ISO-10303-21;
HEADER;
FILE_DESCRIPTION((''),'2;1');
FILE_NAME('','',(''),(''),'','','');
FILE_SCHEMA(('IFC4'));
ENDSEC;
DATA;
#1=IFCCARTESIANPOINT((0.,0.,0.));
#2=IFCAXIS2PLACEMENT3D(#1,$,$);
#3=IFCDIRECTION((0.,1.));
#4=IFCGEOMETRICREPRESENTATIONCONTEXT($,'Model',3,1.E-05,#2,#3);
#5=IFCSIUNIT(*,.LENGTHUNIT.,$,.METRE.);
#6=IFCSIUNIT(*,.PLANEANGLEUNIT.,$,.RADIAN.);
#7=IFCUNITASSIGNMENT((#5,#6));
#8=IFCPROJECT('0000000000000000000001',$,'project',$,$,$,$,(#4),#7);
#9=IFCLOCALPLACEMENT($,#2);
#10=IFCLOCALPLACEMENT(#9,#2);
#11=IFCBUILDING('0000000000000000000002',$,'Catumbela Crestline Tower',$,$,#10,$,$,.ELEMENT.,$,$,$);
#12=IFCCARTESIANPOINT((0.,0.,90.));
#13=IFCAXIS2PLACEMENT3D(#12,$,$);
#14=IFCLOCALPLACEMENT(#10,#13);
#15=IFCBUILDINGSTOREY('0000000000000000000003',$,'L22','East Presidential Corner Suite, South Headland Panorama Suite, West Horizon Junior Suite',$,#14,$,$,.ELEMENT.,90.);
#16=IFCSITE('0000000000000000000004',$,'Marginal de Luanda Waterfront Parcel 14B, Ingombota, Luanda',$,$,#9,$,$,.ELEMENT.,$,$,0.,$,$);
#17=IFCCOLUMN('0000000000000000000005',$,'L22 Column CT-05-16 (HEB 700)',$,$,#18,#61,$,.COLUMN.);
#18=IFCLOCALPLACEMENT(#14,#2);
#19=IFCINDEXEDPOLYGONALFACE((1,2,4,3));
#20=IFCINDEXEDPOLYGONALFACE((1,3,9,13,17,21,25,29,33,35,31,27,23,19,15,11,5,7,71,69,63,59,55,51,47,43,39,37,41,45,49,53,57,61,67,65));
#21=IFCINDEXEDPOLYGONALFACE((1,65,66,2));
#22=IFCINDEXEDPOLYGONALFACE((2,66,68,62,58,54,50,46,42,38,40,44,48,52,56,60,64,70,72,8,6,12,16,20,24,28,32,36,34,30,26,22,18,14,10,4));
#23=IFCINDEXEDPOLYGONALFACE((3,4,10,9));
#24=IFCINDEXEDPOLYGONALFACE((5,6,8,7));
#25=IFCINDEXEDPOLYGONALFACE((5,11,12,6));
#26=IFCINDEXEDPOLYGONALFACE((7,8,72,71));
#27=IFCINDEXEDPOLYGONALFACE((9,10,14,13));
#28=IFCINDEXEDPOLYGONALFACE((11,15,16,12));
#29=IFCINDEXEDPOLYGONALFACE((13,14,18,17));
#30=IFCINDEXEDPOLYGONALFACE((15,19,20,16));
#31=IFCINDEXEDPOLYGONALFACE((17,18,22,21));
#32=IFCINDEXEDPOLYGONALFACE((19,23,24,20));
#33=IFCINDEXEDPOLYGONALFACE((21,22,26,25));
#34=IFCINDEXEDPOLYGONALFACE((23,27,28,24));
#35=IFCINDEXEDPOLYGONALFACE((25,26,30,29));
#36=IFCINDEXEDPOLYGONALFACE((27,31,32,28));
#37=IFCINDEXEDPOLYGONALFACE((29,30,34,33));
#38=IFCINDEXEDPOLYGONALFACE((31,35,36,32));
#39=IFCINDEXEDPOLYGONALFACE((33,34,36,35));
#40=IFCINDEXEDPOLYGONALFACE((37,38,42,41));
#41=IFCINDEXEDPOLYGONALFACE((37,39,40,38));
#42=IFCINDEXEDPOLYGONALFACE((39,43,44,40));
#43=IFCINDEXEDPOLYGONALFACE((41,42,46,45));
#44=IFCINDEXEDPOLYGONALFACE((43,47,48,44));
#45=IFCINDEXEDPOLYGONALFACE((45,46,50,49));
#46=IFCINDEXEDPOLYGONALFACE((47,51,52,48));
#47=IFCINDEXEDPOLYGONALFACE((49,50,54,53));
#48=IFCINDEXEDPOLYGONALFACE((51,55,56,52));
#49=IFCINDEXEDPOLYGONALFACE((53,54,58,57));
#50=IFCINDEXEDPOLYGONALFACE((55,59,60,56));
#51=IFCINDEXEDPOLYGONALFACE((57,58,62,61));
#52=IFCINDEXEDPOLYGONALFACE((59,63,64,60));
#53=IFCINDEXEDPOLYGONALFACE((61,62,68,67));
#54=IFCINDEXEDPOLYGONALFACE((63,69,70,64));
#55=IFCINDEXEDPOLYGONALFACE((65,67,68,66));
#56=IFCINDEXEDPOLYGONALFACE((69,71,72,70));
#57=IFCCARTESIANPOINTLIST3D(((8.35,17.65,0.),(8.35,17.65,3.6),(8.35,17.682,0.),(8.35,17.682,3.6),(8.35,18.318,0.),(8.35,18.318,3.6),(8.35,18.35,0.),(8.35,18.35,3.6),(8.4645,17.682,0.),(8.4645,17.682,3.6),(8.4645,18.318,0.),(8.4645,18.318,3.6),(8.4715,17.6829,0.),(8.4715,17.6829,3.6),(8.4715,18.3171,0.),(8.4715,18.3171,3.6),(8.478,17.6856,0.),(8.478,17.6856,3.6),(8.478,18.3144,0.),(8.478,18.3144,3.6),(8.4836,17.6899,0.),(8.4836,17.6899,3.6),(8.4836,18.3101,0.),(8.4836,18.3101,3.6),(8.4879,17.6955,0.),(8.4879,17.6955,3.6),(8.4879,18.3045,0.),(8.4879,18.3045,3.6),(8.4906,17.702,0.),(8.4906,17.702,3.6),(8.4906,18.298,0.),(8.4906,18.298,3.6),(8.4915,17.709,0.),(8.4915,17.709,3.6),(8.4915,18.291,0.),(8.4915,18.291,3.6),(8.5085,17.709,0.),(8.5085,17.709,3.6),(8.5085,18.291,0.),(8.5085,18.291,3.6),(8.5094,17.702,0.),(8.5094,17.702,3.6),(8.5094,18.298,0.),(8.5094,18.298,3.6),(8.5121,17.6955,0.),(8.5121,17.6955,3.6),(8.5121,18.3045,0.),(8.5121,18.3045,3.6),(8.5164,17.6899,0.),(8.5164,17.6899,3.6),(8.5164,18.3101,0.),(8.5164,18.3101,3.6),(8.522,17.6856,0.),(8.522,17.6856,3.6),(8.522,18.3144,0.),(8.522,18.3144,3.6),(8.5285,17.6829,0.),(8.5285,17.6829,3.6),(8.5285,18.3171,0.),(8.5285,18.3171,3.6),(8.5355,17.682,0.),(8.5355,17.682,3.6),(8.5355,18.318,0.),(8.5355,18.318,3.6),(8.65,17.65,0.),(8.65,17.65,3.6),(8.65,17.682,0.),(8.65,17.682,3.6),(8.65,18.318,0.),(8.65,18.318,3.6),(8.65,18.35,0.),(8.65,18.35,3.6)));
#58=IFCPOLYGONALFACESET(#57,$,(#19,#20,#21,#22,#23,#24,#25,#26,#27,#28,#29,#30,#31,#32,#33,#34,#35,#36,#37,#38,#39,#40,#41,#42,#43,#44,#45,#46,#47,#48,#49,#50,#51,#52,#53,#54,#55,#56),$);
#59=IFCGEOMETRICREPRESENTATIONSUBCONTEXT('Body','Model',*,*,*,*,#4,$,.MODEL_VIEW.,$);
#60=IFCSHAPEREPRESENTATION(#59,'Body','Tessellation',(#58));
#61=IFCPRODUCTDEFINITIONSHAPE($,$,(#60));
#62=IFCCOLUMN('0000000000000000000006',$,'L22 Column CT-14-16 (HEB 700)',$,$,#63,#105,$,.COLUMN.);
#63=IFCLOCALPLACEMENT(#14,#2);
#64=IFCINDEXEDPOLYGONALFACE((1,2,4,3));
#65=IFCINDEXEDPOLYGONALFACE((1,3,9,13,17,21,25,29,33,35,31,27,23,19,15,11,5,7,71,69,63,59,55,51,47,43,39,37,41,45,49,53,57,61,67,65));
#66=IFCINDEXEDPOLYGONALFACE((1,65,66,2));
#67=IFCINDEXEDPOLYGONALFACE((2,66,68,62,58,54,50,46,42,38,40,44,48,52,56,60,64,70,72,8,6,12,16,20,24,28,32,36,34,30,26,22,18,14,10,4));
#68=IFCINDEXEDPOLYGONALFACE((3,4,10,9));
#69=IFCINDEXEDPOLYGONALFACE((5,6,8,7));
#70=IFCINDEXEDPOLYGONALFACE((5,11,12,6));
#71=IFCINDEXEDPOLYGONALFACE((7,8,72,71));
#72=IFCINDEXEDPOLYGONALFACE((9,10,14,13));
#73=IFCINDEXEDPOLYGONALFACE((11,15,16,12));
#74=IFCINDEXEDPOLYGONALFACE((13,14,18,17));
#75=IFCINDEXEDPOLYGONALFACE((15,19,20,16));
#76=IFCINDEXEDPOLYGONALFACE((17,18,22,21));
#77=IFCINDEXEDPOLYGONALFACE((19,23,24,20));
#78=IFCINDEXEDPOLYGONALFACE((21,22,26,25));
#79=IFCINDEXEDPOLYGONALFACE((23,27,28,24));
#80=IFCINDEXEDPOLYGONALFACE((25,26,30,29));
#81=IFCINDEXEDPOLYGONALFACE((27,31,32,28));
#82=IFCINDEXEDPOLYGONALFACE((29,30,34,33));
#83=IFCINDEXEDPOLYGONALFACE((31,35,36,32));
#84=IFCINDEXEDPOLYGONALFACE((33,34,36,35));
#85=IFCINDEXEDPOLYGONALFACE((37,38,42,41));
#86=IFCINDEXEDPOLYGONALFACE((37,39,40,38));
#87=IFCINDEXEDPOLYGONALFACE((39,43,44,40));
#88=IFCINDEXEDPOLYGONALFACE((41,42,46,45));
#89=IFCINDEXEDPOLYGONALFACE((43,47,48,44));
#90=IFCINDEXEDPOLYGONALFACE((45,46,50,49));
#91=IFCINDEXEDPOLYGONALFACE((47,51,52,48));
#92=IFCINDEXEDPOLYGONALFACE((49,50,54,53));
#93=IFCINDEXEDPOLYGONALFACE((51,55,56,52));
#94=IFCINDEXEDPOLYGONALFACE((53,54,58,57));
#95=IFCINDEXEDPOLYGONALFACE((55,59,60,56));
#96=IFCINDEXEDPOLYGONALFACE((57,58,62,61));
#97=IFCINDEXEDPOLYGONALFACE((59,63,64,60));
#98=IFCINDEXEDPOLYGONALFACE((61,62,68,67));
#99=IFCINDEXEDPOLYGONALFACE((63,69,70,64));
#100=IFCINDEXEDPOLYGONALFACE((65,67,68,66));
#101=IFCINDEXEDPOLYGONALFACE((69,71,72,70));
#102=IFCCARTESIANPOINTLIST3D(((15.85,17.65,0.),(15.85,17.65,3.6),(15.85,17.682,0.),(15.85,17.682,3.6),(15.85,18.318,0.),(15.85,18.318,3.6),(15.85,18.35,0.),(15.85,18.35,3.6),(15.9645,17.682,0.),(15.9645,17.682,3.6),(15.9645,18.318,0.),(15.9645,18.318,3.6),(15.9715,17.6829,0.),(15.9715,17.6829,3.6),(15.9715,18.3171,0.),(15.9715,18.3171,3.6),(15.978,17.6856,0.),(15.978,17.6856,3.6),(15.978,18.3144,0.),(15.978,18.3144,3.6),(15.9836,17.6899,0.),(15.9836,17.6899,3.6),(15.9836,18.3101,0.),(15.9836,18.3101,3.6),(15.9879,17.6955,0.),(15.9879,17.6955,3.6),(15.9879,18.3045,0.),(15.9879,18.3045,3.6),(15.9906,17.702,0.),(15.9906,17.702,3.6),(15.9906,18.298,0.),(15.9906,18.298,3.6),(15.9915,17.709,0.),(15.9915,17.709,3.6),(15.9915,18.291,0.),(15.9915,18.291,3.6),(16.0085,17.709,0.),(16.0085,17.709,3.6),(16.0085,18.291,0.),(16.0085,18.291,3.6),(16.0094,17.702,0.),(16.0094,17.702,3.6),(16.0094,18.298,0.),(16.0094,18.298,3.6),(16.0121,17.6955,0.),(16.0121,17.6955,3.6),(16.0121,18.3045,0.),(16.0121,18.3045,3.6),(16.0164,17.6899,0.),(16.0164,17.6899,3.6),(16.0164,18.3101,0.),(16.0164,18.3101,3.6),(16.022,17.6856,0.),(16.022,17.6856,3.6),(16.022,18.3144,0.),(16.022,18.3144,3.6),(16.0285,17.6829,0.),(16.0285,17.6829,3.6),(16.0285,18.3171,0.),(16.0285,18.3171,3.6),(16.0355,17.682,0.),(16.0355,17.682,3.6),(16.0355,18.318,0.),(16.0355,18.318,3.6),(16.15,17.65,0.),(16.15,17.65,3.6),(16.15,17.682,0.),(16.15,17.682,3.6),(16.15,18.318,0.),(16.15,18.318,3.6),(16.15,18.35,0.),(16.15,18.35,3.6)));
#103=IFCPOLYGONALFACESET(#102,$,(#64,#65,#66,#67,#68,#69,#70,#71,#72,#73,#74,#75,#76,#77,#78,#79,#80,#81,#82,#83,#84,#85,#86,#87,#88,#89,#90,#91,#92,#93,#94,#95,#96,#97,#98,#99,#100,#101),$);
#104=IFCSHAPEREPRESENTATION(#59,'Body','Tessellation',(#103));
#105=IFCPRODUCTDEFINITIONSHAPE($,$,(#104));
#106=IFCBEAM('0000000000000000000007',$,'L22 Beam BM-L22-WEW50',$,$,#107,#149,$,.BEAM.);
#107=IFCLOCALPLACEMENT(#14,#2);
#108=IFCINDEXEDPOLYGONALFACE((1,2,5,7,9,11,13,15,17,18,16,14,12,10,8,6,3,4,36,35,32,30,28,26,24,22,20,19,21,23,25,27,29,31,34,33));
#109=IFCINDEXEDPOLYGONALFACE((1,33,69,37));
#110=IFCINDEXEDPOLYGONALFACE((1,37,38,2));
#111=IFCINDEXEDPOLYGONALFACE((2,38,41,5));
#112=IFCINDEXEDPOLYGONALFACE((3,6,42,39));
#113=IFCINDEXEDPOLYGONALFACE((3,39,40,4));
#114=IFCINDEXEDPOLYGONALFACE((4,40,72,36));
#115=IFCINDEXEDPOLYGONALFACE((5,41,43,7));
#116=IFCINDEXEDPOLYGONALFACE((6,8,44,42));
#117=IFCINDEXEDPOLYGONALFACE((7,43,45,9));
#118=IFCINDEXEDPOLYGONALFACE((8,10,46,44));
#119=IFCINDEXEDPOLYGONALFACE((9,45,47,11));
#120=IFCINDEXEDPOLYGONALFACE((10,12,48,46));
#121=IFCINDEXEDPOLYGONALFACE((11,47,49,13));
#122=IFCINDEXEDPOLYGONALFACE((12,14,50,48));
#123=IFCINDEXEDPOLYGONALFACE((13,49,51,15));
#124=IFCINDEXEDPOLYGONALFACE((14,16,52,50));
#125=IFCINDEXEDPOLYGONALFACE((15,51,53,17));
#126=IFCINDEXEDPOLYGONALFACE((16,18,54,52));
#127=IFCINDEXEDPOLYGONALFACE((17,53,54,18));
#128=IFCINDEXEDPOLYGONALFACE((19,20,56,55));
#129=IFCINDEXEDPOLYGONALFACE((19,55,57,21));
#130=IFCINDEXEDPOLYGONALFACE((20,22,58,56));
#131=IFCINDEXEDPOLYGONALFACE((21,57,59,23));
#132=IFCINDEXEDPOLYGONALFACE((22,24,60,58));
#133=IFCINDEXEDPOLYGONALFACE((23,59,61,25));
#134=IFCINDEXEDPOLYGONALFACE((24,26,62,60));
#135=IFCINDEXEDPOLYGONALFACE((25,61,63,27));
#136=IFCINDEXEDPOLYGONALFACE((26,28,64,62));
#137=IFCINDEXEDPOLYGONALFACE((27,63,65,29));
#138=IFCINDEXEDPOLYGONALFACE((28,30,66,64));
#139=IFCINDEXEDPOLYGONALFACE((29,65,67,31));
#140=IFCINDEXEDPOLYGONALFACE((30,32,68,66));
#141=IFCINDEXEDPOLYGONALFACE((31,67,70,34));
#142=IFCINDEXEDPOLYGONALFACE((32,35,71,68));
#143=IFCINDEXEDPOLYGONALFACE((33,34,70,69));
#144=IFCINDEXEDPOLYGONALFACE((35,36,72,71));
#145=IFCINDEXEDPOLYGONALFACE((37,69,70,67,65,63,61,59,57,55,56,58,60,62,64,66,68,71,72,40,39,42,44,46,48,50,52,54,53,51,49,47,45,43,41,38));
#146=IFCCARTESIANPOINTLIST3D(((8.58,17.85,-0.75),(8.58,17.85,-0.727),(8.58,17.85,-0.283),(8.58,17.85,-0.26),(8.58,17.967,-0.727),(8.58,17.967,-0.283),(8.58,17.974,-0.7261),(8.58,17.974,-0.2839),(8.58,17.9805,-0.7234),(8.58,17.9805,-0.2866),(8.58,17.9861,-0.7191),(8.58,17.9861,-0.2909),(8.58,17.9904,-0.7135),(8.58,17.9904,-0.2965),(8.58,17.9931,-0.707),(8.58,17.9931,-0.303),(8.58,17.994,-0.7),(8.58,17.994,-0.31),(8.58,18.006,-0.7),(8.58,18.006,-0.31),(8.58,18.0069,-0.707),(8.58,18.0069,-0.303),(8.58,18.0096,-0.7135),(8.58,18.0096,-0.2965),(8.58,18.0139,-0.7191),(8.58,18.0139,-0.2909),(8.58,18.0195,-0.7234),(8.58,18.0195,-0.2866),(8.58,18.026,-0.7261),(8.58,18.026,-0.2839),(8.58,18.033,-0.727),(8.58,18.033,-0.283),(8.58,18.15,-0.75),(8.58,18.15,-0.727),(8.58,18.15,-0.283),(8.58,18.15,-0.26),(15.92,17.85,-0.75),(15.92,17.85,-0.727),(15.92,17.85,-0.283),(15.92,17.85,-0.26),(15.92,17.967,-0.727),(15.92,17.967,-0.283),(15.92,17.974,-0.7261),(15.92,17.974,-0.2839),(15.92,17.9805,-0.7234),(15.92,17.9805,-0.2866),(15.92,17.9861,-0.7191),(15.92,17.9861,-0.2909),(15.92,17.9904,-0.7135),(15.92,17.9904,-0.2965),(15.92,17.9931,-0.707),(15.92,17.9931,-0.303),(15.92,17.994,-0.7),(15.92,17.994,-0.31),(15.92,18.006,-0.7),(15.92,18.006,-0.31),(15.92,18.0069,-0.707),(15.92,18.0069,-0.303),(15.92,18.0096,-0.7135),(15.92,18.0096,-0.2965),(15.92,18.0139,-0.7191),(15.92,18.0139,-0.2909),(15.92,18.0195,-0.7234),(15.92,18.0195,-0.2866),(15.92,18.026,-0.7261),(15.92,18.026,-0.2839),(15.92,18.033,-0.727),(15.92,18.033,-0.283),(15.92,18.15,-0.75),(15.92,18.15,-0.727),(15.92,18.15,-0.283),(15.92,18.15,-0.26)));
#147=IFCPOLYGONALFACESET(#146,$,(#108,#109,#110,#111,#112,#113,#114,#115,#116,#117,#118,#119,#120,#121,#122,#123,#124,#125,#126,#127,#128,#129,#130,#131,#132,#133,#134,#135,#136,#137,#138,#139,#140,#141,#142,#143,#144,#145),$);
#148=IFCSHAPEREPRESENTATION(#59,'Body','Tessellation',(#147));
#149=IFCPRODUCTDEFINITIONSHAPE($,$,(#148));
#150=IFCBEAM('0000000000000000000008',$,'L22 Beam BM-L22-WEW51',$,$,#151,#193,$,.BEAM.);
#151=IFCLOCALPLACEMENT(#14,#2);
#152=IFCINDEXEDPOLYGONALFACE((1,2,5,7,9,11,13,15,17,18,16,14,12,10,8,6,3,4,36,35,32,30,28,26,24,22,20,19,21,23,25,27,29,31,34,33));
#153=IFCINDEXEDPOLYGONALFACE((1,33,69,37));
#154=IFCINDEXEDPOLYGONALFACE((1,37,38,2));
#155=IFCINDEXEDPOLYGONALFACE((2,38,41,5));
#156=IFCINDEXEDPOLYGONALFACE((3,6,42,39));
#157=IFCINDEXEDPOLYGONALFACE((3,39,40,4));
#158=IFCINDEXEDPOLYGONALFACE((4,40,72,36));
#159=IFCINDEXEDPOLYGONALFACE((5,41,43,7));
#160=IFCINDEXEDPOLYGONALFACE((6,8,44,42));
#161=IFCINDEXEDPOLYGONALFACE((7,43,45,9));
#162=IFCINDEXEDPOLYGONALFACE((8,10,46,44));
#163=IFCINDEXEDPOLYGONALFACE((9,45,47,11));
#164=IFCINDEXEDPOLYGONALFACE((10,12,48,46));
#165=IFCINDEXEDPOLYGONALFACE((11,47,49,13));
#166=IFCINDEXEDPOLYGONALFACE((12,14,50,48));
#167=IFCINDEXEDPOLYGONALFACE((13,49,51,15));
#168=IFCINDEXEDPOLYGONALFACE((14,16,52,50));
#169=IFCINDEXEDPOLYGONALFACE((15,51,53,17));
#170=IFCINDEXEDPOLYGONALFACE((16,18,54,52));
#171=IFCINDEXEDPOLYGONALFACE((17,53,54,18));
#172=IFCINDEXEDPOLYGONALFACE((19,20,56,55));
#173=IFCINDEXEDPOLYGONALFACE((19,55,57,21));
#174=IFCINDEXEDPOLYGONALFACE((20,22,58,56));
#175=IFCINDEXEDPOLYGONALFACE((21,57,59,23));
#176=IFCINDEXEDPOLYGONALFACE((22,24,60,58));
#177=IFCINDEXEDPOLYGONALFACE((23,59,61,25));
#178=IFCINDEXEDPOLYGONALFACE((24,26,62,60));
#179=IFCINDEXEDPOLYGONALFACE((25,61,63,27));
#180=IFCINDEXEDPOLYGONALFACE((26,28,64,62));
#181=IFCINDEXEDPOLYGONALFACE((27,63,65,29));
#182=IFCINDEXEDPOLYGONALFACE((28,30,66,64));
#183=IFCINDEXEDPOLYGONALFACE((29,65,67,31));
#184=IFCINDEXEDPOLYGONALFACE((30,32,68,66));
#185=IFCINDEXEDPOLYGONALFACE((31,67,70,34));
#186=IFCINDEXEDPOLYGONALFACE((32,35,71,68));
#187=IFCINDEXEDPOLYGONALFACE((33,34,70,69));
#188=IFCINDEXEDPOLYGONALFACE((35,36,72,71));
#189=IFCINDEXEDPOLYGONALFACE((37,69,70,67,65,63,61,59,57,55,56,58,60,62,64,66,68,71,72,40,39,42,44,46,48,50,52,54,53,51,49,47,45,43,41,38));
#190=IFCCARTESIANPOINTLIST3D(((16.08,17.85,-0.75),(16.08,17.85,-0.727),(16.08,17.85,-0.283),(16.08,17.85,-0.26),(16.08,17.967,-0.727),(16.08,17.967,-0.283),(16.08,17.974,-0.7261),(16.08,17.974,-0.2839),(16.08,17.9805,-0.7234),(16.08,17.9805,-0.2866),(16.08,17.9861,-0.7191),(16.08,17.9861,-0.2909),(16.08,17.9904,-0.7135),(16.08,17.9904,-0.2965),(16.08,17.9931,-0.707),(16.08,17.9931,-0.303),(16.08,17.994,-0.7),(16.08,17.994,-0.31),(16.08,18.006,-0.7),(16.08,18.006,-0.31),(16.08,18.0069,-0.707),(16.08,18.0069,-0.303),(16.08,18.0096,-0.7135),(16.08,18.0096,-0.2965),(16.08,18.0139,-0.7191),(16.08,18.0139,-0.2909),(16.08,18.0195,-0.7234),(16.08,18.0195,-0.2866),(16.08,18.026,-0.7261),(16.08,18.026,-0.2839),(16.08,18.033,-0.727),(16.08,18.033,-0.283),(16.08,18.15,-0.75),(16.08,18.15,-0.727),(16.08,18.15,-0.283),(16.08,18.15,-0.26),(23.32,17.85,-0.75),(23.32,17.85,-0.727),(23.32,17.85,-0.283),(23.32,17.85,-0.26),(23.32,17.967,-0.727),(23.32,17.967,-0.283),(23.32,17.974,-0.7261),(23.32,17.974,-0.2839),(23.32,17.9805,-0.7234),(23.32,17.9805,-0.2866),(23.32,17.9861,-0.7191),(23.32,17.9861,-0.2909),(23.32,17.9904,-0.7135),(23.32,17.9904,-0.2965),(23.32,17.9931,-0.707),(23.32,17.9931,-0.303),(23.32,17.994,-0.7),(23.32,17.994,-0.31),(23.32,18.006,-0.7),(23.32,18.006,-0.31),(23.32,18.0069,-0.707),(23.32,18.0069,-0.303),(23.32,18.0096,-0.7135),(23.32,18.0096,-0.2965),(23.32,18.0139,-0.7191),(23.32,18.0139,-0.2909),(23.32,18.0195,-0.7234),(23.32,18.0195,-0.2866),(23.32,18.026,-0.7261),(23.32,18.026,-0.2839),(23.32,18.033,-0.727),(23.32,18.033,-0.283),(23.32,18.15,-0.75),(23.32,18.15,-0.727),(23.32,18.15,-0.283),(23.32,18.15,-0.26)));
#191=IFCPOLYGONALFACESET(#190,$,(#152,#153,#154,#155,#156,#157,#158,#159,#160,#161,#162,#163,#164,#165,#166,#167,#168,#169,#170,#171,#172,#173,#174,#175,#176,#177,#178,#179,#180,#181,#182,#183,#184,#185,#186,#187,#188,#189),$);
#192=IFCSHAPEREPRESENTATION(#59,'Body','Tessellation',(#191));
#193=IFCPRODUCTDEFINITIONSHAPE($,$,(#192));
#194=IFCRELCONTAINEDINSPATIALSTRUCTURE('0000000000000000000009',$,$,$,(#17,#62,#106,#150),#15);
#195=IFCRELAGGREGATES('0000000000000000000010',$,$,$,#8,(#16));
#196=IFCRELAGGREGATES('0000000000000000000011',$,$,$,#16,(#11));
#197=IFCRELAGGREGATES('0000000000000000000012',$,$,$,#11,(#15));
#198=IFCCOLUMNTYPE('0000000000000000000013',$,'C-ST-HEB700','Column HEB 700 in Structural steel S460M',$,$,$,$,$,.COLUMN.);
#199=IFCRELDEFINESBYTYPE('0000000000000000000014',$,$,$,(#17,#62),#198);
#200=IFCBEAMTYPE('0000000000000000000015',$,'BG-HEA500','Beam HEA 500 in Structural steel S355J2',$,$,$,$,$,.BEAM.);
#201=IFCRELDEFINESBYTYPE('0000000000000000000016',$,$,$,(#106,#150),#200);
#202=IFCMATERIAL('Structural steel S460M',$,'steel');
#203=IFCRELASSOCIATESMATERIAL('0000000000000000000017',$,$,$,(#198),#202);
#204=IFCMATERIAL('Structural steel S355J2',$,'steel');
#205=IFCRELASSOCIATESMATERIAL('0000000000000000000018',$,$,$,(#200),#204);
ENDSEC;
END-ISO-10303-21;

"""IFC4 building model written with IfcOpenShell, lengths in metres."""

from ifc_helpers import new_model, si_unit, direction, frame, origin, origin_2d, place, context, subcontext, project, spatial, i_section, extrude, material, material_profile, profile_set, type_object, element, save


model = new_model("IFC4")

# Units and contexts
model_context = context("Model", 3, precision=1e-05, world=origin(), true_north=direction((0.0, 1.0)))
body_context = subcontext(model_context, "Body", "Model", "MODEL_VIEW")
ifc_project = project(units=[si_unit("LENGTHUNIT", "METRE"), si_unit("PLANEANGLEUNIT", "RADIAN")], contexts=[model_context])

# Site, building, storey
site_placement = place(None, origin())
site = spatial("IfcSite", under=ifc_project, at=site_placement, Name="Marginal de Luanda Waterfront Parcel 14B, Ingombota, Luanda", CompositionType="ELEMENT", RefElevation=0.0)
building_placement = place(site_placement, origin())
building = spatial("IfcBuilding", under=site, at=building_placement, Name="Catumbela Crestline Tower", CompositionType="ELEMENT")
storey_placement = place(building_placement, frame((0.0, 0.0, 90.0)))
storey = spatial("IfcBuildingStorey", under=building, at=storey_placement, Name="L22", Description="East Presidential Corner Suite, South Headland Panorama Suite, West Horizon Junior Suite", CompositionType="ELEMENT", Elevation=90.0)

# Columns
ifc_material_1 = material(Name="Structural steel S460M", Category="steel")
ifc_material_profile_1 = material_profile(ifc_material_1, i_section(OverallWidth=0.3, OverallDepth=0.7, WebThickness=0.017, FlangeThickness=0.032, FilletRadius=0.027, at=origin_2d()), Name="HEB 700")
ifc_profile_set_1 = profile_set([ifc_material_profile_1], Name="Structural steel S460M")
column_type = type_object("IfcColumnType", Name="C-ST-HEB700", Description="Column HEB 700 in Structural steel S460M", PredefinedType="COLUMN", material=ifc_profile_set_1)
for number, where, z_axis, x_axis, name in (
    (1, (8.5, 18.0, 0.0), (0.0, 0.0, 1.0), (1.0, 0.0, 0.0), "L22 Column CT-05-16 (HEB 700)"),
    (2, (16.0, 18.0, 0.0), (0.0, 0.0, 1.0), (1.0, 0.0, 0.0), "L22 Column CT-14-16 (HEB 700)"),
):
    element("IfcColumn", number, at=place(storey_placement, frame(where, z_axis=z_axis, x_axis=x_axis)), inside=storey, type_object=column_type, Name=name, PredefinedType="COLUMN", context=body_context, shape_type="SweptSolid", body=[
        extrude(i_section(OverallWidth=0.3, OverallDepth=0.7, WebThickness=0.017, FlangeThickness=0.032, FilletRadius=0.027, at=origin_2d()), origin(), (0.0, 0.0, 1.0), 3.6),
    ])

# Beams
ifc_material_2 = material(Name="Structural steel S355J2", Category="steel")
ifc_material_profile_2 = material_profile(ifc_material_2, i_section(OverallWidth=0.3, OverallDepth=0.49, WebThickness=0.012, FlangeThickness=0.023, FilletRadius=0.027, at=origin_2d()), Name="HEA 500")
ifc_profile_set_2 = profile_set([ifc_material_profile_2], Name="Structural steel S355J2")
beam_type_1 = type_object("IfcBeamType", Name="BG-HEA500", Description="Beam HEA 500 in Structural steel S355J2", PredefinedType="BEAM", material=ifc_profile_set_2)
beam_1_placement = place(storey_placement, frame((8.58, 18.0, -0.505), z_axis=(1.0, 0.0, 0.0), x_axis=(0.0, 1.0, 0.0)))
element("IfcBeam", 3, at=beam_1_placement, inside=storey, type_object=beam_type_1, Name="L22 Beam BM-L22-WEW50", PredefinedType="BEAM", context=body_context, shape_type="SweptSolid", body=[
    extrude(i_section(OverallWidth=0.3, OverallDepth=0.49, WebThickness=0.012, FlangeThickness=0.023, FilletRadius=0.027, at=origin_2d()), origin(), (0.0, 0.0, 1.0), 7.34),
])
beam_2_placement = place(storey_placement, frame((16.08, 18.0, -0.505), z_axis=(1.0, 0.0, 0.0), x_axis=(0.0, 1.0, 0.0)))
element("IfcBeam", 4, at=beam_2_placement, inside=storey, type_object=beam_type_1, Name="L22 Beam BM-L22-WEW51", PredefinedType="BEAM", context=body_context, shape_type="SweptSolid", body=[
    extrude(i_section(OverallWidth=0.3, OverallDepth=0.49, WebThickness=0.012, FlangeThickness=0.023, FilletRadius=0.027, at=origin_2d()), origin(), (0.0, 0.0, 1.0), 7.24),
])

save(model, "model.ifc")
